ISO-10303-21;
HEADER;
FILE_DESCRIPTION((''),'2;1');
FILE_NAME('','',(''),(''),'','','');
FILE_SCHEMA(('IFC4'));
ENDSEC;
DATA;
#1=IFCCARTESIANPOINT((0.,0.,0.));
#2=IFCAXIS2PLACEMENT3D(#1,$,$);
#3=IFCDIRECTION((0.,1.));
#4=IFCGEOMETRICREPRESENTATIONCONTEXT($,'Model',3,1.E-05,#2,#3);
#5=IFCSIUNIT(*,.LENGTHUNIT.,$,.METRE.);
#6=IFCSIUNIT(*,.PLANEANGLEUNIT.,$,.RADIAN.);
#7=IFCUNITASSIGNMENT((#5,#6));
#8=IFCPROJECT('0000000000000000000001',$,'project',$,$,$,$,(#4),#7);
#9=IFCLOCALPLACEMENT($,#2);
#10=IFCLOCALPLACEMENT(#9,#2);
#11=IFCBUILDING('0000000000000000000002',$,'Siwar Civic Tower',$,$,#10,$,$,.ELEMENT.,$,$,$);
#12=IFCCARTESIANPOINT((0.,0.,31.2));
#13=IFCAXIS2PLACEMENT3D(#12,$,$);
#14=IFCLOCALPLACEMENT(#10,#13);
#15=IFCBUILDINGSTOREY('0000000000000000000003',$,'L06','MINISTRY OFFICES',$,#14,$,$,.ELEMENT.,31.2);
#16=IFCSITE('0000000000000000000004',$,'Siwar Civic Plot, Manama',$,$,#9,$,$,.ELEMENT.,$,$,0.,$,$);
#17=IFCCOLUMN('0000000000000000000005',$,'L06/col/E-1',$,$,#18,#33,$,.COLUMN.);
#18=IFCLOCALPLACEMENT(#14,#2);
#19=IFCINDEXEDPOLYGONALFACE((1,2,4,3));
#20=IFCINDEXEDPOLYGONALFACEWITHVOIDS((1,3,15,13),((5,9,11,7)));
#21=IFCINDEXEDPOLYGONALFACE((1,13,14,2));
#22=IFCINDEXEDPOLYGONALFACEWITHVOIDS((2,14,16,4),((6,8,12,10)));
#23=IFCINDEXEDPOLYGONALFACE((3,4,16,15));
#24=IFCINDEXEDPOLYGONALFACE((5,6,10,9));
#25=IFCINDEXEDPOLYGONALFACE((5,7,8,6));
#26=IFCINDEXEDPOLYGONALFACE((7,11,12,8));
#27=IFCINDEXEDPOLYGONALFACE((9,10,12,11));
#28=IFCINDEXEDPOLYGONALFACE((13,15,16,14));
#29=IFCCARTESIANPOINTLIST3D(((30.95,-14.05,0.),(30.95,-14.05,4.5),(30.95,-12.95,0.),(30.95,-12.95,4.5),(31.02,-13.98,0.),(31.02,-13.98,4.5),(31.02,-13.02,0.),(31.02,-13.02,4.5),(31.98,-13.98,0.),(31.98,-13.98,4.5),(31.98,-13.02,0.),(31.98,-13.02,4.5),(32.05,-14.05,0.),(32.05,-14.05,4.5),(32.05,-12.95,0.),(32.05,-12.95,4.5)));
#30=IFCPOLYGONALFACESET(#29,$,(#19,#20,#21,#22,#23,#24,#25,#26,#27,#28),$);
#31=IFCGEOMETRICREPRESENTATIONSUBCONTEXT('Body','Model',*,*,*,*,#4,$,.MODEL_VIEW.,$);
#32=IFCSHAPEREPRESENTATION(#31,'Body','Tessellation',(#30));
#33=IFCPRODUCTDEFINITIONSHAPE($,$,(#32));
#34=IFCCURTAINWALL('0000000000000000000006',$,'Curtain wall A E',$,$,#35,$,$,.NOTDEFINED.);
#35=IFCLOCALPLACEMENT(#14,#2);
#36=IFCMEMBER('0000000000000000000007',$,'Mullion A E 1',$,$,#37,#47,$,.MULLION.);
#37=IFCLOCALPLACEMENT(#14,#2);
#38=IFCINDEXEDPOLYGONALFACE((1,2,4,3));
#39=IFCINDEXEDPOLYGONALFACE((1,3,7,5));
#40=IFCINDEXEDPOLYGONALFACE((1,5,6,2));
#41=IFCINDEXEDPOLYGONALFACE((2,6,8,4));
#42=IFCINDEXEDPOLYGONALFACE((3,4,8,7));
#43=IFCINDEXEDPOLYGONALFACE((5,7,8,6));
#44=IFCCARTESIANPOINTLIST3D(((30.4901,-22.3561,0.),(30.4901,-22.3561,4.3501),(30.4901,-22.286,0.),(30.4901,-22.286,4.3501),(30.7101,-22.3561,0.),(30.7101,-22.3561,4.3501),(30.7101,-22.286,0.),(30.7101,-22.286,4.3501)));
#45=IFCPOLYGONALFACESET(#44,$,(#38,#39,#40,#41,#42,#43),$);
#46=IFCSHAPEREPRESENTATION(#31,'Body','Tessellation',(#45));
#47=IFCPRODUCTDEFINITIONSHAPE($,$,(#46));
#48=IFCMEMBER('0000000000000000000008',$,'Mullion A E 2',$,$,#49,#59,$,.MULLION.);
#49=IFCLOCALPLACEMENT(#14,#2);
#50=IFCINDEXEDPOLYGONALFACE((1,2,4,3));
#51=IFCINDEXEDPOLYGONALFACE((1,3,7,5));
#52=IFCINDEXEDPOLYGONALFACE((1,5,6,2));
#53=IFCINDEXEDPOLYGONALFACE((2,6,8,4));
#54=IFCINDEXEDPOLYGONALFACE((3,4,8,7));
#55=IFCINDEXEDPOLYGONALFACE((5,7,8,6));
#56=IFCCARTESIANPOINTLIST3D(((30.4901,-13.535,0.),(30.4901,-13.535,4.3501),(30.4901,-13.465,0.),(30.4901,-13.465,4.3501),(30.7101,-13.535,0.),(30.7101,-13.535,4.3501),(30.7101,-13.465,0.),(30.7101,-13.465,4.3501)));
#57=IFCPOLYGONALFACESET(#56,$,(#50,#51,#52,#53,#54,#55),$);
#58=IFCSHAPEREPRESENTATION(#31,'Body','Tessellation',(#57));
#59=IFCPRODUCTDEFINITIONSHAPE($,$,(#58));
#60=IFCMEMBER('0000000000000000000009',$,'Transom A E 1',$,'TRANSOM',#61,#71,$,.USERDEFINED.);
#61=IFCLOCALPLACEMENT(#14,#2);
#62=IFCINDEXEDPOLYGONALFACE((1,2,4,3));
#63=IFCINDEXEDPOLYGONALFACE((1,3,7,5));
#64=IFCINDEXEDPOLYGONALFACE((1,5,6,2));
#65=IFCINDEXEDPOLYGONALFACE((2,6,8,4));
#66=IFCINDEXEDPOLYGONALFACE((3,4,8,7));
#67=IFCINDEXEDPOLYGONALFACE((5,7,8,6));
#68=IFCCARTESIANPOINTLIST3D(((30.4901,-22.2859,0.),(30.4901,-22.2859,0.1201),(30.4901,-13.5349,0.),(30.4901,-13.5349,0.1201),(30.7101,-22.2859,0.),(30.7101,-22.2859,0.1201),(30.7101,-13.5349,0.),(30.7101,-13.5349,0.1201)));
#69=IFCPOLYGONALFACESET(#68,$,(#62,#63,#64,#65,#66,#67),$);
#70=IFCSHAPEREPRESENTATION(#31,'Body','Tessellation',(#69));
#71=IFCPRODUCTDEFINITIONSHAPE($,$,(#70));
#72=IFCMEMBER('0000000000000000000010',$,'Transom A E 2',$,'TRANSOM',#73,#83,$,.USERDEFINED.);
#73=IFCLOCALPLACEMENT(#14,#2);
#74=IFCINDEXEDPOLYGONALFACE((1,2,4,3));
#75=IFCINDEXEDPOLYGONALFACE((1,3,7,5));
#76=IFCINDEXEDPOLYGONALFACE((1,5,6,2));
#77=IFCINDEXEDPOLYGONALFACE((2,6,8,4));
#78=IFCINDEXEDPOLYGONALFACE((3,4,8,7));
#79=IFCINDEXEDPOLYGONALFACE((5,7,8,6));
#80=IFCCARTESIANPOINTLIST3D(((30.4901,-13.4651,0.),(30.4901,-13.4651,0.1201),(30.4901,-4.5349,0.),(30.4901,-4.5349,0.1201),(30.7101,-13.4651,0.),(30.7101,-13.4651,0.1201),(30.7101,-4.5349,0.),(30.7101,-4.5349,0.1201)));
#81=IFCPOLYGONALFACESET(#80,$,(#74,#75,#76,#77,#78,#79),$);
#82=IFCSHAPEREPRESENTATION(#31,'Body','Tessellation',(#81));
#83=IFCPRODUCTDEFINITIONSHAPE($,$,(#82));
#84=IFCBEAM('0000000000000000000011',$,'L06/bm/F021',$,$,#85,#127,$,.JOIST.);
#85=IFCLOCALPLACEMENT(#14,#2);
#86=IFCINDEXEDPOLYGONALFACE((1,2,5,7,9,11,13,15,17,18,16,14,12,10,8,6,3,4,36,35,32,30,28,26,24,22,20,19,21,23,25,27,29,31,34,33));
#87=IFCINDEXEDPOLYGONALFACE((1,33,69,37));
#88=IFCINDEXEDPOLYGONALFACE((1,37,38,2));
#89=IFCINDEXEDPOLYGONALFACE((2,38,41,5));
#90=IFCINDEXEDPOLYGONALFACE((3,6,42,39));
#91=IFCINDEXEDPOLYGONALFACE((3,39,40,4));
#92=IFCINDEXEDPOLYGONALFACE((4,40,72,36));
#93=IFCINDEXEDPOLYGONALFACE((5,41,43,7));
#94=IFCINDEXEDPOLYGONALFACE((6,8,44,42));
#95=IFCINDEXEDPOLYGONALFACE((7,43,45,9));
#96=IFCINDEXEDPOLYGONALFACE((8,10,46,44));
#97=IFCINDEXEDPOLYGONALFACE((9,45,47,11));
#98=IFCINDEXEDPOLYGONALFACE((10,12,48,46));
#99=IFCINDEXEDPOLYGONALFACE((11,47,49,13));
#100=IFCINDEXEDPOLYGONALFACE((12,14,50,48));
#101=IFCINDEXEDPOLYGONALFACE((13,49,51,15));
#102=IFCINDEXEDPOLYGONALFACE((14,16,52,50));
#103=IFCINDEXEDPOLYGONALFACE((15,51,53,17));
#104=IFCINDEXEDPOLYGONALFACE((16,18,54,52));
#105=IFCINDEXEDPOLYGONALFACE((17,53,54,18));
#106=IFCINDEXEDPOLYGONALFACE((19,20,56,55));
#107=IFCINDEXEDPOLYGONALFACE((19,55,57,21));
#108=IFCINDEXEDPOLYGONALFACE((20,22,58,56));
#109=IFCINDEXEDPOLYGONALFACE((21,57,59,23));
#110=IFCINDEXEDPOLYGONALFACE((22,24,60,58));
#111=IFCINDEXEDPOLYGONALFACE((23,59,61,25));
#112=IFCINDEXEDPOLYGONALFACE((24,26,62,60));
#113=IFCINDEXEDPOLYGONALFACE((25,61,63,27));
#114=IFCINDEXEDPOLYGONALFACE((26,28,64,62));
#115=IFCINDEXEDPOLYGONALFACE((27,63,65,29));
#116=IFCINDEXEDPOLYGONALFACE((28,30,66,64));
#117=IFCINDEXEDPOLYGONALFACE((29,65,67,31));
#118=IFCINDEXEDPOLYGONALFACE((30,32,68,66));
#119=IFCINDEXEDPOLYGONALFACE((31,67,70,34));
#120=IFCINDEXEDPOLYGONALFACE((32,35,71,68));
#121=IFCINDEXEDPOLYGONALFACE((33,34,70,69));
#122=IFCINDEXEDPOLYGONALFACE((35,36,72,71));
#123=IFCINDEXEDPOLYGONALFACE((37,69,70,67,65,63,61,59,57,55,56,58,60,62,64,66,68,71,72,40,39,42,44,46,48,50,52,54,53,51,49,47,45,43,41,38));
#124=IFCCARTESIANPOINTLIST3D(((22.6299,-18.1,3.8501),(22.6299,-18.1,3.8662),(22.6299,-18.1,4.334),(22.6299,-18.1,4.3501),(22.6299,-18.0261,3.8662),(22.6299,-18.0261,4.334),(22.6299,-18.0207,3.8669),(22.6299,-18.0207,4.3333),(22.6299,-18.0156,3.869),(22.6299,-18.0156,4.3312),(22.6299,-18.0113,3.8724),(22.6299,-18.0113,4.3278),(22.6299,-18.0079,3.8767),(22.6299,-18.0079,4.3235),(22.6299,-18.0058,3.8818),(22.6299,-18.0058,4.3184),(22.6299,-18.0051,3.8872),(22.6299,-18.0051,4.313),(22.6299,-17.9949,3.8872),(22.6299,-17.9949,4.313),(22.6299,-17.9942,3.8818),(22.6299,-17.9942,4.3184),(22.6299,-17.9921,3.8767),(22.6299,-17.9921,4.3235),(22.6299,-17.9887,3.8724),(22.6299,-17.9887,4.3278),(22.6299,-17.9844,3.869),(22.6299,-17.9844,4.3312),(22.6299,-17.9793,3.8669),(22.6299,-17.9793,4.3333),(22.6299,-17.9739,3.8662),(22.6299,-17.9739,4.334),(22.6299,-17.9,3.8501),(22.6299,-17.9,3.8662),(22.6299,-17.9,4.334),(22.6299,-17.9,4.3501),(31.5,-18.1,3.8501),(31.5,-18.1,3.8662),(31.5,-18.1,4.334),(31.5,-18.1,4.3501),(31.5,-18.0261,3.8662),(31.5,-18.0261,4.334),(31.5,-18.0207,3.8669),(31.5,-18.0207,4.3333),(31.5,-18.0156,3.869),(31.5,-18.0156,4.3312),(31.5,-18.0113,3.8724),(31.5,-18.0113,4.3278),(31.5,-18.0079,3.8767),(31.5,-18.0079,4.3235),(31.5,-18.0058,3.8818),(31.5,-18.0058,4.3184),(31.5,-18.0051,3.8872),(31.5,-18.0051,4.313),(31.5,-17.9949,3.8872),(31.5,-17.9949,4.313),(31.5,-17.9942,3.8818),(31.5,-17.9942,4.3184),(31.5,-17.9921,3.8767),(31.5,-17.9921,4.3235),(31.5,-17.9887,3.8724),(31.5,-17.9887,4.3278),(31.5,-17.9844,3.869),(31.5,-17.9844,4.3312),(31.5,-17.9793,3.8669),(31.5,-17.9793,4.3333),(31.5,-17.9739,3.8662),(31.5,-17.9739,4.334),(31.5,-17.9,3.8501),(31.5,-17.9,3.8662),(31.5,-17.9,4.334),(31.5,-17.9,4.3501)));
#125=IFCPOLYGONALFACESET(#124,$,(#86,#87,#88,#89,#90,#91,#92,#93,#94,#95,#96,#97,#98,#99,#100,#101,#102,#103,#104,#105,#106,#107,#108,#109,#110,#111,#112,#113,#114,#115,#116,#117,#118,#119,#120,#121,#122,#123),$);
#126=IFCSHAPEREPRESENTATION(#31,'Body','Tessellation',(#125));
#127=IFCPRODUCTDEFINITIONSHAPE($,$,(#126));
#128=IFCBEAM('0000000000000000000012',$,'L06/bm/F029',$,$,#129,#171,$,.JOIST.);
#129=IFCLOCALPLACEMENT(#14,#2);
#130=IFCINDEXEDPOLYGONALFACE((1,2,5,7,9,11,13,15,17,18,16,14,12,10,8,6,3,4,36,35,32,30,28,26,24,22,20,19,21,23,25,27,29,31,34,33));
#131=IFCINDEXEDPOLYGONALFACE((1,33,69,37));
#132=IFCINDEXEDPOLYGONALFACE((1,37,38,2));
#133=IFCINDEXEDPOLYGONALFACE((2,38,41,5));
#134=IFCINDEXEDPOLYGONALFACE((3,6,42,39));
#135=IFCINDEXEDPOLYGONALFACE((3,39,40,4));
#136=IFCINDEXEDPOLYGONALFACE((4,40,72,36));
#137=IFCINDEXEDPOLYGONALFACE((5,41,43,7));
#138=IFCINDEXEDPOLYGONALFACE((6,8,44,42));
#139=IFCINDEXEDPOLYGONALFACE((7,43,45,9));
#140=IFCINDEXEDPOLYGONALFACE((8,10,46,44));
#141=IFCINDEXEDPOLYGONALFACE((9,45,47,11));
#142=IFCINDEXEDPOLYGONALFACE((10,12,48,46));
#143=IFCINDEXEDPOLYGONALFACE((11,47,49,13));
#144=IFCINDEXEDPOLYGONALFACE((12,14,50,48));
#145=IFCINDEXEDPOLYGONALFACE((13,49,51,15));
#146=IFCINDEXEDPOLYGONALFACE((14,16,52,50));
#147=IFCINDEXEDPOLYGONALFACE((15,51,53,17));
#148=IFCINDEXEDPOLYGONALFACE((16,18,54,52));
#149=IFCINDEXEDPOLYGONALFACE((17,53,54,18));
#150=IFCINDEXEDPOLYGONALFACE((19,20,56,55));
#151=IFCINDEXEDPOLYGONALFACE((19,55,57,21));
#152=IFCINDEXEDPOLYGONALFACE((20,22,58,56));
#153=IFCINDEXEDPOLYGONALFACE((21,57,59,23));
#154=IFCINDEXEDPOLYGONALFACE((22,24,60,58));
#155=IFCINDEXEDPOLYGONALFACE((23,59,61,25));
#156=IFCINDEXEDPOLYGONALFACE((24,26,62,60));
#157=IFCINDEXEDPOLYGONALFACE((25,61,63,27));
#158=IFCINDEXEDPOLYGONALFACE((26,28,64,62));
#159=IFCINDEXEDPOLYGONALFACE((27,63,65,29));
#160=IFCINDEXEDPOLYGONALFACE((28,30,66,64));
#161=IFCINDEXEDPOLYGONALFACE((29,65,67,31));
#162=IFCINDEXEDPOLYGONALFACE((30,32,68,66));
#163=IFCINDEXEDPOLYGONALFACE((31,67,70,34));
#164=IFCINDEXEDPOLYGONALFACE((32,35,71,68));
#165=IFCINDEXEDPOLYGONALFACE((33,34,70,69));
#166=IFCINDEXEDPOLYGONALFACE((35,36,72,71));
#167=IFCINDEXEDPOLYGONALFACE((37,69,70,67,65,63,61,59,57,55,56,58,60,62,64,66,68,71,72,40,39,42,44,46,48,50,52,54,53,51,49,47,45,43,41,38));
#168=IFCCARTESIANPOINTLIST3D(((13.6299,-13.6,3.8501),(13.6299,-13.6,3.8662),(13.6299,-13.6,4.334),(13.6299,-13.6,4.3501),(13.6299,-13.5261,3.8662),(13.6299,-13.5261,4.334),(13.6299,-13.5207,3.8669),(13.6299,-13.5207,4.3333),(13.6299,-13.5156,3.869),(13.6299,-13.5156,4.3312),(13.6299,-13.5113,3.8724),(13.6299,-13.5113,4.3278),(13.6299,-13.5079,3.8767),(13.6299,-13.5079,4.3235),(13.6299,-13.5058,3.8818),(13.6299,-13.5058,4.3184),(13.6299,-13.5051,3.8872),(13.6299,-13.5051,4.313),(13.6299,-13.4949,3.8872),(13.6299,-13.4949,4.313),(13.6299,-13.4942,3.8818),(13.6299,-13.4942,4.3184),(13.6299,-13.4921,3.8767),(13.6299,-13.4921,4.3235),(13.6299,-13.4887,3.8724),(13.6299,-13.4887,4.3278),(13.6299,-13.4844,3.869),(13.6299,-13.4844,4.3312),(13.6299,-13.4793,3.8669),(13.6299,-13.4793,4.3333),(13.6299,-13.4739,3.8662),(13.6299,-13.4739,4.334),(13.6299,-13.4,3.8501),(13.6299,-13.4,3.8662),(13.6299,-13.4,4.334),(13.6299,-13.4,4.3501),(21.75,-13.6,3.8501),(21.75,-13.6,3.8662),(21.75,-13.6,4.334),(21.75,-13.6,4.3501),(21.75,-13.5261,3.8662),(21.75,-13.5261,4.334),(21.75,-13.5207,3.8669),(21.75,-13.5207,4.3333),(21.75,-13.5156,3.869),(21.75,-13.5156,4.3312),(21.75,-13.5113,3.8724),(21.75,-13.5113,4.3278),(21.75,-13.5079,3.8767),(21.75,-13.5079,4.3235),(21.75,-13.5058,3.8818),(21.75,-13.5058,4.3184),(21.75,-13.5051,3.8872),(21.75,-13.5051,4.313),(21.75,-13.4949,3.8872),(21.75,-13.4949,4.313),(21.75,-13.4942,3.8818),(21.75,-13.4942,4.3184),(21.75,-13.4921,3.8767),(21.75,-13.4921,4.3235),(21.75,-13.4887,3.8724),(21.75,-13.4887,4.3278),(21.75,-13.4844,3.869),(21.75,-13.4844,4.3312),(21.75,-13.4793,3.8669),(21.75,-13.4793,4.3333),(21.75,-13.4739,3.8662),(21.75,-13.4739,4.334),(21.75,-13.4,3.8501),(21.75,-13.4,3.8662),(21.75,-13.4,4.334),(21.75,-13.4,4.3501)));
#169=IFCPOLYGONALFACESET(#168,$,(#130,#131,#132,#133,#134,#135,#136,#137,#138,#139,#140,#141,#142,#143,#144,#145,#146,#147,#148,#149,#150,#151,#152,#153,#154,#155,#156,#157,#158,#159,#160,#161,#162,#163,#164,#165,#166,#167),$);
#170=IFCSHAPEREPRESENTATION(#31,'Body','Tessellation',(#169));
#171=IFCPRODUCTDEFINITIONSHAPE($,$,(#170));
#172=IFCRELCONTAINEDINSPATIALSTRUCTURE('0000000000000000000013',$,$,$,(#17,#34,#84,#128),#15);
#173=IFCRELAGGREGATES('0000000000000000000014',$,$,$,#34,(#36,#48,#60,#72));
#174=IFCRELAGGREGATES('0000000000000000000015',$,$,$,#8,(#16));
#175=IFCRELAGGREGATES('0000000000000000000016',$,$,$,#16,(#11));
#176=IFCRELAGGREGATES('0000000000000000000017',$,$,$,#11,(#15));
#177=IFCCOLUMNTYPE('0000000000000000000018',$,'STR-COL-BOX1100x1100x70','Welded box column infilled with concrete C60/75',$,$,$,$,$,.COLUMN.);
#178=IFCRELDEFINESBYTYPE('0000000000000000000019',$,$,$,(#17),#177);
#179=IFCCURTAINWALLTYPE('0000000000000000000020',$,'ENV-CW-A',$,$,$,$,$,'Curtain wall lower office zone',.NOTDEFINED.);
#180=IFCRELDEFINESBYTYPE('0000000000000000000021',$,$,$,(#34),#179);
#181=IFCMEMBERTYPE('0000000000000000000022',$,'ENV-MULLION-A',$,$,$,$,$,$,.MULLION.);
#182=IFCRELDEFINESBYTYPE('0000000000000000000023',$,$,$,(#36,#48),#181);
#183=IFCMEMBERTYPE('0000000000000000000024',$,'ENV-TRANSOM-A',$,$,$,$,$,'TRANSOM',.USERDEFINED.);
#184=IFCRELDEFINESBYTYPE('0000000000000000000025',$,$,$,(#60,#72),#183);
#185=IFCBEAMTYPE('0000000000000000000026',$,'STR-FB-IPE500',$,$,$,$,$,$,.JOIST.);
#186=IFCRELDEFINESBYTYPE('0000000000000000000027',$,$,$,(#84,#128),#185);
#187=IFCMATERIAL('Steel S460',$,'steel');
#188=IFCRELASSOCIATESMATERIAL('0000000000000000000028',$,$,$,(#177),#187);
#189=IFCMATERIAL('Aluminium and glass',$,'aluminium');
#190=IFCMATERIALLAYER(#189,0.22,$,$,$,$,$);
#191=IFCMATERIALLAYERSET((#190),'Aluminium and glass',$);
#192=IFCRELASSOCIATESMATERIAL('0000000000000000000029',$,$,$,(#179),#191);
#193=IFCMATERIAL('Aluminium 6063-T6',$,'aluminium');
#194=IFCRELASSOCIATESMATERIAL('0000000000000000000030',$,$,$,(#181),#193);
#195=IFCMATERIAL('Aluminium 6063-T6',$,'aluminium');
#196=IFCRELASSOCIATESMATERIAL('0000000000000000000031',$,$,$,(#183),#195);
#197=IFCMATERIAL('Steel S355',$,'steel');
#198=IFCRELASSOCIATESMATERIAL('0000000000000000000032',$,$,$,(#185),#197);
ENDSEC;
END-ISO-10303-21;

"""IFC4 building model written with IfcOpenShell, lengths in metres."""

from ifc_helpers import new_model, si_unit, direction, frame, origin, origin_2d, place, context, subcontext, project, spatial, rectangle, hollow_rectangle, i_section, extrude, material, layer, layer_set, material_profile, profile_set, type_object, element, aggregate, save


model = new_model("IFC4")

# Units and contexts
model_context = context("Model", 3, precision=1e-05, world=origin(), true_north=direction((0.0, 1.0)))
body_context = subcontext(model_context, "Body", "Model", "MODEL_VIEW")
ifc_project = project(units=[si_unit("LENGTHUNIT", "METRE"), si_unit("PLANEANGLEUNIT", "RADIAN")], contexts=[model_context])

# Site, building, storey
site_placement = place(None, origin())
site = spatial("IfcSite", under=ifc_project, at=site_placement, Name="Siwar Civic Plot, Manama", CompositionType="ELEMENT", RefElevation=0.0)
building_placement = place(site_placement, origin())
building = spatial("IfcBuilding", under=site, at=building_placement, Name="Siwar Civic Tower", CompositionType="ELEMENT")
storey_placement = place(building_placement, frame((0.0, 0.0, 31.2)))
storey = spatial("IfcBuildingStorey", under=building, at=storey_placement, Name="L06", Description="MINISTRY OFFICES", CompositionType="ELEMENT", Elevation=31.2)

# Column
ifc_material_1 = material(Name="Steel S460", Category="steel")
ifc_material_profile_1 = material_profile(ifc_material_1, hollow_rectangle(XDim=1.1001, YDim=1.1001, WallThickness=0.0701, at=origin_2d()), Name="BOX1100x1100x70")
ifc_profile_set_1 = profile_set([ifc_material_profile_1], Name="Steel S460")
column_type = type_object("IfcColumnType", Name="STR-COL-BOX1100x1100x70", Description="Welded box column infilled with concrete C60/75", PredefinedType="COLUMN", material=ifc_profile_set_1)
column_placement = place(storey_placement, frame((31.5, -13.5, 0.0), z_axis=(0.0, 0.0, 1.0), x_axis=(1.0, 0.0, 0.0)))
element("IfcColumn", 1, at=column_placement, inside=storey, type_object=column_type, Name="L06/col/E-1", PredefinedType="COLUMN", context=body_context, shape_type="SweptSolid", body=[
    extrude(hollow_rectangle(XDim=1.1001, YDim=1.1001, WallThickness=0.0701, at=origin_2d()), origin(), (0.0, 0.0, 1.0), 4.5),
])

# Curtain wall, members
ifc_material_2 = material(Name="Aluminium and glass", Category="aluminium")
ifc_layer_1 = layer(ifc_material_2, 0.22)
ifc_layer_set_1 = layer_set([ifc_layer_1], Name="Aluminium and glass")
curtain_wall_type = type_object("IfcCurtainWallType", Name="ENV-CW-A", ElementType="Curtain wall lower office zone", PredefinedType="NOTDEFINED", material=ifc_layer_set_1)
curtain_wall_placement = place(storey_placement, origin())
curtain_wall = element("IfcCurtainWall", 2, at=curtain_wall_placement, inside=storey, type_object=curtain_wall_type, Name="Curtain wall A E", PredefinedType="NOTDEFINED")
ifc_material_3 = material(Name="Aluminium 6063-T6", Category="aluminium")
ifc_material_profile_2 = material_profile(ifc_material_3, rectangle(XDim=0.22, YDim=0.0701, at=origin_2d()), Name="AL 220x70")
ifc_profile_set_2 = profile_set([ifc_material_profile_2], Name="Aluminium 6063-T6")
member_type_1 = type_object("IfcMemberType", Name="ENV-MULLION-A", PredefinedType="MULLION", material=ifc_profile_set_2)
member_1_placement = place(storey_placement, frame((30.6001, -22.321, 0.0), z_axis=(0.0, 0.0, 1.0), x_axis=(-1.0, 0.0, 0.0)))
member_1 = element("IfcMember", 3, at=member_1_placement, type_object=member_type_1, Name="Mullion A E 1", PredefinedType="MULLION", context=body_context, shape_type="SweptSolid", body=[
    extrude(rectangle(XDim=0.22, YDim=0.0701, at=origin_2d()), origin(), (0.0, 0.0, 1.0), 4.3501),
])
member_2_placement = place(storey_placement, frame((30.6001, -13.5, 0.0), z_axis=(0.0, 0.0, 1.0), x_axis=(-1.0, 0.0, 0.0)))
member_2 = element("IfcMember", 4, at=member_2_placement, type_object=member_type_1, Name="Mullion A E 2", PredefinedType="MULLION", context=body_context, shape_type="SweptSolid", body=[
    extrude(rectangle(XDim=0.22, YDim=0.0701, at=origin_2d()), origin(), (0.0, 0.0, 1.0), 4.3501),
])
ifc_material_4 = material(Name="Aluminium 6063-T6", Category="aluminium")
ifc_material_profile_3 = material_profile(ifc_material_4, rectangle(XDim=0.22, YDim=0.1201, at=origin_2d()), Name="AL 220x120")
ifc_profile_set_3 = profile_set([ifc_material_profile_3], Name="Aluminium 6063-T6")
member_type_2 = type_object("IfcMemberType", Name="ENV-TRANSOM-A", ElementType="TRANSOM", PredefinedType="USERDEFINED", material=ifc_profile_set_3)
member_3_placement = place(storey_placement, frame((30.6001, -22.2859, 0.0601), z_axis=(0.0, 1.0, 0.0), x_axis=(-1.0, 0.0, 0.0)))
member_3 = element("IfcMember", 5, at=member_3_placement, type_object=member_type_2, Name="Transom A E 1", ObjectType="TRANSOM", PredefinedType="USERDEFINED", context=body_context, shape_type="SweptSolid", body=[
    extrude(rectangle(XDim=0.22, YDim=0.1201, at=origin_2d()), origin(), (0.0, 0.0, 1.0), 8.751),
])
member_4_placement = place(storey_placement, frame((30.6001, -13.4651, 0.0601), z_axis=(0.0, 1.0, 0.0), x_axis=(-1.0, 0.0, 0.0)))
member_4 = element("IfcMember", 6, at=member_4_placement, type_object=member_type_2, Name="Transom A E 2", ObjectType="TRANSOM", PredefinedType="USERDEFINED", context=body_context, shape_type="SweptSolid", body=[
    extrude(rectangle(XDim=0.22, YDim=0.1201, at=origin_2d()), origin(), (0.0, 0.0, 1.0), 8.9302),
])

# Beams
ifc_material_5 = material(Name="Steel S355", Category="steel")
ifc_material_profile_4 = material_profile(ifc_material_5, i_section(OverallWidth=0.2, OverallDepth=0.5, WebThickness=0.0103, FlangeThickness=0.0161, FilletRadius=0.021, at=origin_2d()), Name="IPE500")
ifc_profile_set_4 = profile_set([ifc_material_profile_4], Name="Steel S355")
beam_type_1 = type_object("IfcBeamType", Name="STR-FB-IPE500", PredefinedType="JOIST", material=ifc_profile_set_4)
beam_1_placement = place(storey_placement, frame((22.6299, -18.0, 4.1001), z_axis=(1.0, 0.0, 0.0), x_axis=(0.0, 1.0, 0.0)))
element("IfcBeam", 7, at=beam_1_placement, inside=storey, type_object=beam_type_1, Name="L06/bm/F021", PredefinedType="JOIST", context=body_context, shape_type="SweptSolid", body=[
    extrude(i_section(OverallWidth=0.2, OverallDepth=0.5, WebThickness=0.0103, FlangeThickness=0.0161, FilletRadius=0.021, at=origin_2d()), origin(), (0.0, 0.0, 1.0), 8.8701),
])
beam_2_placement = place(storey_placement, frame((13.6299, -13.5, 4.1001), z_axis=(1.0, 0.0, 0.0), x_axis=(0.0, 1.0, 0.0)))
element("IfcBeam", 8, at=beam_2_placement, inside=storey, type_object=beam_type_1, Name="L06/bm/F029", PredefinedType="JOIST", context=body_context, shape_type="SweptSolid", body=[
    extrude(i_section(OverallWidth=0.2, OverallDepth=0.5, WebThickness=0.0103, FlangeThickness=0.0161, FilletRadius=0.021, at=origin_2d()), origin(), (0.0, 0.0, 1.0), 8.1201),
])

aggregate(curtain_wall, [member_1, member_2, member_3, member_4])

save(model, "model.ifc")
